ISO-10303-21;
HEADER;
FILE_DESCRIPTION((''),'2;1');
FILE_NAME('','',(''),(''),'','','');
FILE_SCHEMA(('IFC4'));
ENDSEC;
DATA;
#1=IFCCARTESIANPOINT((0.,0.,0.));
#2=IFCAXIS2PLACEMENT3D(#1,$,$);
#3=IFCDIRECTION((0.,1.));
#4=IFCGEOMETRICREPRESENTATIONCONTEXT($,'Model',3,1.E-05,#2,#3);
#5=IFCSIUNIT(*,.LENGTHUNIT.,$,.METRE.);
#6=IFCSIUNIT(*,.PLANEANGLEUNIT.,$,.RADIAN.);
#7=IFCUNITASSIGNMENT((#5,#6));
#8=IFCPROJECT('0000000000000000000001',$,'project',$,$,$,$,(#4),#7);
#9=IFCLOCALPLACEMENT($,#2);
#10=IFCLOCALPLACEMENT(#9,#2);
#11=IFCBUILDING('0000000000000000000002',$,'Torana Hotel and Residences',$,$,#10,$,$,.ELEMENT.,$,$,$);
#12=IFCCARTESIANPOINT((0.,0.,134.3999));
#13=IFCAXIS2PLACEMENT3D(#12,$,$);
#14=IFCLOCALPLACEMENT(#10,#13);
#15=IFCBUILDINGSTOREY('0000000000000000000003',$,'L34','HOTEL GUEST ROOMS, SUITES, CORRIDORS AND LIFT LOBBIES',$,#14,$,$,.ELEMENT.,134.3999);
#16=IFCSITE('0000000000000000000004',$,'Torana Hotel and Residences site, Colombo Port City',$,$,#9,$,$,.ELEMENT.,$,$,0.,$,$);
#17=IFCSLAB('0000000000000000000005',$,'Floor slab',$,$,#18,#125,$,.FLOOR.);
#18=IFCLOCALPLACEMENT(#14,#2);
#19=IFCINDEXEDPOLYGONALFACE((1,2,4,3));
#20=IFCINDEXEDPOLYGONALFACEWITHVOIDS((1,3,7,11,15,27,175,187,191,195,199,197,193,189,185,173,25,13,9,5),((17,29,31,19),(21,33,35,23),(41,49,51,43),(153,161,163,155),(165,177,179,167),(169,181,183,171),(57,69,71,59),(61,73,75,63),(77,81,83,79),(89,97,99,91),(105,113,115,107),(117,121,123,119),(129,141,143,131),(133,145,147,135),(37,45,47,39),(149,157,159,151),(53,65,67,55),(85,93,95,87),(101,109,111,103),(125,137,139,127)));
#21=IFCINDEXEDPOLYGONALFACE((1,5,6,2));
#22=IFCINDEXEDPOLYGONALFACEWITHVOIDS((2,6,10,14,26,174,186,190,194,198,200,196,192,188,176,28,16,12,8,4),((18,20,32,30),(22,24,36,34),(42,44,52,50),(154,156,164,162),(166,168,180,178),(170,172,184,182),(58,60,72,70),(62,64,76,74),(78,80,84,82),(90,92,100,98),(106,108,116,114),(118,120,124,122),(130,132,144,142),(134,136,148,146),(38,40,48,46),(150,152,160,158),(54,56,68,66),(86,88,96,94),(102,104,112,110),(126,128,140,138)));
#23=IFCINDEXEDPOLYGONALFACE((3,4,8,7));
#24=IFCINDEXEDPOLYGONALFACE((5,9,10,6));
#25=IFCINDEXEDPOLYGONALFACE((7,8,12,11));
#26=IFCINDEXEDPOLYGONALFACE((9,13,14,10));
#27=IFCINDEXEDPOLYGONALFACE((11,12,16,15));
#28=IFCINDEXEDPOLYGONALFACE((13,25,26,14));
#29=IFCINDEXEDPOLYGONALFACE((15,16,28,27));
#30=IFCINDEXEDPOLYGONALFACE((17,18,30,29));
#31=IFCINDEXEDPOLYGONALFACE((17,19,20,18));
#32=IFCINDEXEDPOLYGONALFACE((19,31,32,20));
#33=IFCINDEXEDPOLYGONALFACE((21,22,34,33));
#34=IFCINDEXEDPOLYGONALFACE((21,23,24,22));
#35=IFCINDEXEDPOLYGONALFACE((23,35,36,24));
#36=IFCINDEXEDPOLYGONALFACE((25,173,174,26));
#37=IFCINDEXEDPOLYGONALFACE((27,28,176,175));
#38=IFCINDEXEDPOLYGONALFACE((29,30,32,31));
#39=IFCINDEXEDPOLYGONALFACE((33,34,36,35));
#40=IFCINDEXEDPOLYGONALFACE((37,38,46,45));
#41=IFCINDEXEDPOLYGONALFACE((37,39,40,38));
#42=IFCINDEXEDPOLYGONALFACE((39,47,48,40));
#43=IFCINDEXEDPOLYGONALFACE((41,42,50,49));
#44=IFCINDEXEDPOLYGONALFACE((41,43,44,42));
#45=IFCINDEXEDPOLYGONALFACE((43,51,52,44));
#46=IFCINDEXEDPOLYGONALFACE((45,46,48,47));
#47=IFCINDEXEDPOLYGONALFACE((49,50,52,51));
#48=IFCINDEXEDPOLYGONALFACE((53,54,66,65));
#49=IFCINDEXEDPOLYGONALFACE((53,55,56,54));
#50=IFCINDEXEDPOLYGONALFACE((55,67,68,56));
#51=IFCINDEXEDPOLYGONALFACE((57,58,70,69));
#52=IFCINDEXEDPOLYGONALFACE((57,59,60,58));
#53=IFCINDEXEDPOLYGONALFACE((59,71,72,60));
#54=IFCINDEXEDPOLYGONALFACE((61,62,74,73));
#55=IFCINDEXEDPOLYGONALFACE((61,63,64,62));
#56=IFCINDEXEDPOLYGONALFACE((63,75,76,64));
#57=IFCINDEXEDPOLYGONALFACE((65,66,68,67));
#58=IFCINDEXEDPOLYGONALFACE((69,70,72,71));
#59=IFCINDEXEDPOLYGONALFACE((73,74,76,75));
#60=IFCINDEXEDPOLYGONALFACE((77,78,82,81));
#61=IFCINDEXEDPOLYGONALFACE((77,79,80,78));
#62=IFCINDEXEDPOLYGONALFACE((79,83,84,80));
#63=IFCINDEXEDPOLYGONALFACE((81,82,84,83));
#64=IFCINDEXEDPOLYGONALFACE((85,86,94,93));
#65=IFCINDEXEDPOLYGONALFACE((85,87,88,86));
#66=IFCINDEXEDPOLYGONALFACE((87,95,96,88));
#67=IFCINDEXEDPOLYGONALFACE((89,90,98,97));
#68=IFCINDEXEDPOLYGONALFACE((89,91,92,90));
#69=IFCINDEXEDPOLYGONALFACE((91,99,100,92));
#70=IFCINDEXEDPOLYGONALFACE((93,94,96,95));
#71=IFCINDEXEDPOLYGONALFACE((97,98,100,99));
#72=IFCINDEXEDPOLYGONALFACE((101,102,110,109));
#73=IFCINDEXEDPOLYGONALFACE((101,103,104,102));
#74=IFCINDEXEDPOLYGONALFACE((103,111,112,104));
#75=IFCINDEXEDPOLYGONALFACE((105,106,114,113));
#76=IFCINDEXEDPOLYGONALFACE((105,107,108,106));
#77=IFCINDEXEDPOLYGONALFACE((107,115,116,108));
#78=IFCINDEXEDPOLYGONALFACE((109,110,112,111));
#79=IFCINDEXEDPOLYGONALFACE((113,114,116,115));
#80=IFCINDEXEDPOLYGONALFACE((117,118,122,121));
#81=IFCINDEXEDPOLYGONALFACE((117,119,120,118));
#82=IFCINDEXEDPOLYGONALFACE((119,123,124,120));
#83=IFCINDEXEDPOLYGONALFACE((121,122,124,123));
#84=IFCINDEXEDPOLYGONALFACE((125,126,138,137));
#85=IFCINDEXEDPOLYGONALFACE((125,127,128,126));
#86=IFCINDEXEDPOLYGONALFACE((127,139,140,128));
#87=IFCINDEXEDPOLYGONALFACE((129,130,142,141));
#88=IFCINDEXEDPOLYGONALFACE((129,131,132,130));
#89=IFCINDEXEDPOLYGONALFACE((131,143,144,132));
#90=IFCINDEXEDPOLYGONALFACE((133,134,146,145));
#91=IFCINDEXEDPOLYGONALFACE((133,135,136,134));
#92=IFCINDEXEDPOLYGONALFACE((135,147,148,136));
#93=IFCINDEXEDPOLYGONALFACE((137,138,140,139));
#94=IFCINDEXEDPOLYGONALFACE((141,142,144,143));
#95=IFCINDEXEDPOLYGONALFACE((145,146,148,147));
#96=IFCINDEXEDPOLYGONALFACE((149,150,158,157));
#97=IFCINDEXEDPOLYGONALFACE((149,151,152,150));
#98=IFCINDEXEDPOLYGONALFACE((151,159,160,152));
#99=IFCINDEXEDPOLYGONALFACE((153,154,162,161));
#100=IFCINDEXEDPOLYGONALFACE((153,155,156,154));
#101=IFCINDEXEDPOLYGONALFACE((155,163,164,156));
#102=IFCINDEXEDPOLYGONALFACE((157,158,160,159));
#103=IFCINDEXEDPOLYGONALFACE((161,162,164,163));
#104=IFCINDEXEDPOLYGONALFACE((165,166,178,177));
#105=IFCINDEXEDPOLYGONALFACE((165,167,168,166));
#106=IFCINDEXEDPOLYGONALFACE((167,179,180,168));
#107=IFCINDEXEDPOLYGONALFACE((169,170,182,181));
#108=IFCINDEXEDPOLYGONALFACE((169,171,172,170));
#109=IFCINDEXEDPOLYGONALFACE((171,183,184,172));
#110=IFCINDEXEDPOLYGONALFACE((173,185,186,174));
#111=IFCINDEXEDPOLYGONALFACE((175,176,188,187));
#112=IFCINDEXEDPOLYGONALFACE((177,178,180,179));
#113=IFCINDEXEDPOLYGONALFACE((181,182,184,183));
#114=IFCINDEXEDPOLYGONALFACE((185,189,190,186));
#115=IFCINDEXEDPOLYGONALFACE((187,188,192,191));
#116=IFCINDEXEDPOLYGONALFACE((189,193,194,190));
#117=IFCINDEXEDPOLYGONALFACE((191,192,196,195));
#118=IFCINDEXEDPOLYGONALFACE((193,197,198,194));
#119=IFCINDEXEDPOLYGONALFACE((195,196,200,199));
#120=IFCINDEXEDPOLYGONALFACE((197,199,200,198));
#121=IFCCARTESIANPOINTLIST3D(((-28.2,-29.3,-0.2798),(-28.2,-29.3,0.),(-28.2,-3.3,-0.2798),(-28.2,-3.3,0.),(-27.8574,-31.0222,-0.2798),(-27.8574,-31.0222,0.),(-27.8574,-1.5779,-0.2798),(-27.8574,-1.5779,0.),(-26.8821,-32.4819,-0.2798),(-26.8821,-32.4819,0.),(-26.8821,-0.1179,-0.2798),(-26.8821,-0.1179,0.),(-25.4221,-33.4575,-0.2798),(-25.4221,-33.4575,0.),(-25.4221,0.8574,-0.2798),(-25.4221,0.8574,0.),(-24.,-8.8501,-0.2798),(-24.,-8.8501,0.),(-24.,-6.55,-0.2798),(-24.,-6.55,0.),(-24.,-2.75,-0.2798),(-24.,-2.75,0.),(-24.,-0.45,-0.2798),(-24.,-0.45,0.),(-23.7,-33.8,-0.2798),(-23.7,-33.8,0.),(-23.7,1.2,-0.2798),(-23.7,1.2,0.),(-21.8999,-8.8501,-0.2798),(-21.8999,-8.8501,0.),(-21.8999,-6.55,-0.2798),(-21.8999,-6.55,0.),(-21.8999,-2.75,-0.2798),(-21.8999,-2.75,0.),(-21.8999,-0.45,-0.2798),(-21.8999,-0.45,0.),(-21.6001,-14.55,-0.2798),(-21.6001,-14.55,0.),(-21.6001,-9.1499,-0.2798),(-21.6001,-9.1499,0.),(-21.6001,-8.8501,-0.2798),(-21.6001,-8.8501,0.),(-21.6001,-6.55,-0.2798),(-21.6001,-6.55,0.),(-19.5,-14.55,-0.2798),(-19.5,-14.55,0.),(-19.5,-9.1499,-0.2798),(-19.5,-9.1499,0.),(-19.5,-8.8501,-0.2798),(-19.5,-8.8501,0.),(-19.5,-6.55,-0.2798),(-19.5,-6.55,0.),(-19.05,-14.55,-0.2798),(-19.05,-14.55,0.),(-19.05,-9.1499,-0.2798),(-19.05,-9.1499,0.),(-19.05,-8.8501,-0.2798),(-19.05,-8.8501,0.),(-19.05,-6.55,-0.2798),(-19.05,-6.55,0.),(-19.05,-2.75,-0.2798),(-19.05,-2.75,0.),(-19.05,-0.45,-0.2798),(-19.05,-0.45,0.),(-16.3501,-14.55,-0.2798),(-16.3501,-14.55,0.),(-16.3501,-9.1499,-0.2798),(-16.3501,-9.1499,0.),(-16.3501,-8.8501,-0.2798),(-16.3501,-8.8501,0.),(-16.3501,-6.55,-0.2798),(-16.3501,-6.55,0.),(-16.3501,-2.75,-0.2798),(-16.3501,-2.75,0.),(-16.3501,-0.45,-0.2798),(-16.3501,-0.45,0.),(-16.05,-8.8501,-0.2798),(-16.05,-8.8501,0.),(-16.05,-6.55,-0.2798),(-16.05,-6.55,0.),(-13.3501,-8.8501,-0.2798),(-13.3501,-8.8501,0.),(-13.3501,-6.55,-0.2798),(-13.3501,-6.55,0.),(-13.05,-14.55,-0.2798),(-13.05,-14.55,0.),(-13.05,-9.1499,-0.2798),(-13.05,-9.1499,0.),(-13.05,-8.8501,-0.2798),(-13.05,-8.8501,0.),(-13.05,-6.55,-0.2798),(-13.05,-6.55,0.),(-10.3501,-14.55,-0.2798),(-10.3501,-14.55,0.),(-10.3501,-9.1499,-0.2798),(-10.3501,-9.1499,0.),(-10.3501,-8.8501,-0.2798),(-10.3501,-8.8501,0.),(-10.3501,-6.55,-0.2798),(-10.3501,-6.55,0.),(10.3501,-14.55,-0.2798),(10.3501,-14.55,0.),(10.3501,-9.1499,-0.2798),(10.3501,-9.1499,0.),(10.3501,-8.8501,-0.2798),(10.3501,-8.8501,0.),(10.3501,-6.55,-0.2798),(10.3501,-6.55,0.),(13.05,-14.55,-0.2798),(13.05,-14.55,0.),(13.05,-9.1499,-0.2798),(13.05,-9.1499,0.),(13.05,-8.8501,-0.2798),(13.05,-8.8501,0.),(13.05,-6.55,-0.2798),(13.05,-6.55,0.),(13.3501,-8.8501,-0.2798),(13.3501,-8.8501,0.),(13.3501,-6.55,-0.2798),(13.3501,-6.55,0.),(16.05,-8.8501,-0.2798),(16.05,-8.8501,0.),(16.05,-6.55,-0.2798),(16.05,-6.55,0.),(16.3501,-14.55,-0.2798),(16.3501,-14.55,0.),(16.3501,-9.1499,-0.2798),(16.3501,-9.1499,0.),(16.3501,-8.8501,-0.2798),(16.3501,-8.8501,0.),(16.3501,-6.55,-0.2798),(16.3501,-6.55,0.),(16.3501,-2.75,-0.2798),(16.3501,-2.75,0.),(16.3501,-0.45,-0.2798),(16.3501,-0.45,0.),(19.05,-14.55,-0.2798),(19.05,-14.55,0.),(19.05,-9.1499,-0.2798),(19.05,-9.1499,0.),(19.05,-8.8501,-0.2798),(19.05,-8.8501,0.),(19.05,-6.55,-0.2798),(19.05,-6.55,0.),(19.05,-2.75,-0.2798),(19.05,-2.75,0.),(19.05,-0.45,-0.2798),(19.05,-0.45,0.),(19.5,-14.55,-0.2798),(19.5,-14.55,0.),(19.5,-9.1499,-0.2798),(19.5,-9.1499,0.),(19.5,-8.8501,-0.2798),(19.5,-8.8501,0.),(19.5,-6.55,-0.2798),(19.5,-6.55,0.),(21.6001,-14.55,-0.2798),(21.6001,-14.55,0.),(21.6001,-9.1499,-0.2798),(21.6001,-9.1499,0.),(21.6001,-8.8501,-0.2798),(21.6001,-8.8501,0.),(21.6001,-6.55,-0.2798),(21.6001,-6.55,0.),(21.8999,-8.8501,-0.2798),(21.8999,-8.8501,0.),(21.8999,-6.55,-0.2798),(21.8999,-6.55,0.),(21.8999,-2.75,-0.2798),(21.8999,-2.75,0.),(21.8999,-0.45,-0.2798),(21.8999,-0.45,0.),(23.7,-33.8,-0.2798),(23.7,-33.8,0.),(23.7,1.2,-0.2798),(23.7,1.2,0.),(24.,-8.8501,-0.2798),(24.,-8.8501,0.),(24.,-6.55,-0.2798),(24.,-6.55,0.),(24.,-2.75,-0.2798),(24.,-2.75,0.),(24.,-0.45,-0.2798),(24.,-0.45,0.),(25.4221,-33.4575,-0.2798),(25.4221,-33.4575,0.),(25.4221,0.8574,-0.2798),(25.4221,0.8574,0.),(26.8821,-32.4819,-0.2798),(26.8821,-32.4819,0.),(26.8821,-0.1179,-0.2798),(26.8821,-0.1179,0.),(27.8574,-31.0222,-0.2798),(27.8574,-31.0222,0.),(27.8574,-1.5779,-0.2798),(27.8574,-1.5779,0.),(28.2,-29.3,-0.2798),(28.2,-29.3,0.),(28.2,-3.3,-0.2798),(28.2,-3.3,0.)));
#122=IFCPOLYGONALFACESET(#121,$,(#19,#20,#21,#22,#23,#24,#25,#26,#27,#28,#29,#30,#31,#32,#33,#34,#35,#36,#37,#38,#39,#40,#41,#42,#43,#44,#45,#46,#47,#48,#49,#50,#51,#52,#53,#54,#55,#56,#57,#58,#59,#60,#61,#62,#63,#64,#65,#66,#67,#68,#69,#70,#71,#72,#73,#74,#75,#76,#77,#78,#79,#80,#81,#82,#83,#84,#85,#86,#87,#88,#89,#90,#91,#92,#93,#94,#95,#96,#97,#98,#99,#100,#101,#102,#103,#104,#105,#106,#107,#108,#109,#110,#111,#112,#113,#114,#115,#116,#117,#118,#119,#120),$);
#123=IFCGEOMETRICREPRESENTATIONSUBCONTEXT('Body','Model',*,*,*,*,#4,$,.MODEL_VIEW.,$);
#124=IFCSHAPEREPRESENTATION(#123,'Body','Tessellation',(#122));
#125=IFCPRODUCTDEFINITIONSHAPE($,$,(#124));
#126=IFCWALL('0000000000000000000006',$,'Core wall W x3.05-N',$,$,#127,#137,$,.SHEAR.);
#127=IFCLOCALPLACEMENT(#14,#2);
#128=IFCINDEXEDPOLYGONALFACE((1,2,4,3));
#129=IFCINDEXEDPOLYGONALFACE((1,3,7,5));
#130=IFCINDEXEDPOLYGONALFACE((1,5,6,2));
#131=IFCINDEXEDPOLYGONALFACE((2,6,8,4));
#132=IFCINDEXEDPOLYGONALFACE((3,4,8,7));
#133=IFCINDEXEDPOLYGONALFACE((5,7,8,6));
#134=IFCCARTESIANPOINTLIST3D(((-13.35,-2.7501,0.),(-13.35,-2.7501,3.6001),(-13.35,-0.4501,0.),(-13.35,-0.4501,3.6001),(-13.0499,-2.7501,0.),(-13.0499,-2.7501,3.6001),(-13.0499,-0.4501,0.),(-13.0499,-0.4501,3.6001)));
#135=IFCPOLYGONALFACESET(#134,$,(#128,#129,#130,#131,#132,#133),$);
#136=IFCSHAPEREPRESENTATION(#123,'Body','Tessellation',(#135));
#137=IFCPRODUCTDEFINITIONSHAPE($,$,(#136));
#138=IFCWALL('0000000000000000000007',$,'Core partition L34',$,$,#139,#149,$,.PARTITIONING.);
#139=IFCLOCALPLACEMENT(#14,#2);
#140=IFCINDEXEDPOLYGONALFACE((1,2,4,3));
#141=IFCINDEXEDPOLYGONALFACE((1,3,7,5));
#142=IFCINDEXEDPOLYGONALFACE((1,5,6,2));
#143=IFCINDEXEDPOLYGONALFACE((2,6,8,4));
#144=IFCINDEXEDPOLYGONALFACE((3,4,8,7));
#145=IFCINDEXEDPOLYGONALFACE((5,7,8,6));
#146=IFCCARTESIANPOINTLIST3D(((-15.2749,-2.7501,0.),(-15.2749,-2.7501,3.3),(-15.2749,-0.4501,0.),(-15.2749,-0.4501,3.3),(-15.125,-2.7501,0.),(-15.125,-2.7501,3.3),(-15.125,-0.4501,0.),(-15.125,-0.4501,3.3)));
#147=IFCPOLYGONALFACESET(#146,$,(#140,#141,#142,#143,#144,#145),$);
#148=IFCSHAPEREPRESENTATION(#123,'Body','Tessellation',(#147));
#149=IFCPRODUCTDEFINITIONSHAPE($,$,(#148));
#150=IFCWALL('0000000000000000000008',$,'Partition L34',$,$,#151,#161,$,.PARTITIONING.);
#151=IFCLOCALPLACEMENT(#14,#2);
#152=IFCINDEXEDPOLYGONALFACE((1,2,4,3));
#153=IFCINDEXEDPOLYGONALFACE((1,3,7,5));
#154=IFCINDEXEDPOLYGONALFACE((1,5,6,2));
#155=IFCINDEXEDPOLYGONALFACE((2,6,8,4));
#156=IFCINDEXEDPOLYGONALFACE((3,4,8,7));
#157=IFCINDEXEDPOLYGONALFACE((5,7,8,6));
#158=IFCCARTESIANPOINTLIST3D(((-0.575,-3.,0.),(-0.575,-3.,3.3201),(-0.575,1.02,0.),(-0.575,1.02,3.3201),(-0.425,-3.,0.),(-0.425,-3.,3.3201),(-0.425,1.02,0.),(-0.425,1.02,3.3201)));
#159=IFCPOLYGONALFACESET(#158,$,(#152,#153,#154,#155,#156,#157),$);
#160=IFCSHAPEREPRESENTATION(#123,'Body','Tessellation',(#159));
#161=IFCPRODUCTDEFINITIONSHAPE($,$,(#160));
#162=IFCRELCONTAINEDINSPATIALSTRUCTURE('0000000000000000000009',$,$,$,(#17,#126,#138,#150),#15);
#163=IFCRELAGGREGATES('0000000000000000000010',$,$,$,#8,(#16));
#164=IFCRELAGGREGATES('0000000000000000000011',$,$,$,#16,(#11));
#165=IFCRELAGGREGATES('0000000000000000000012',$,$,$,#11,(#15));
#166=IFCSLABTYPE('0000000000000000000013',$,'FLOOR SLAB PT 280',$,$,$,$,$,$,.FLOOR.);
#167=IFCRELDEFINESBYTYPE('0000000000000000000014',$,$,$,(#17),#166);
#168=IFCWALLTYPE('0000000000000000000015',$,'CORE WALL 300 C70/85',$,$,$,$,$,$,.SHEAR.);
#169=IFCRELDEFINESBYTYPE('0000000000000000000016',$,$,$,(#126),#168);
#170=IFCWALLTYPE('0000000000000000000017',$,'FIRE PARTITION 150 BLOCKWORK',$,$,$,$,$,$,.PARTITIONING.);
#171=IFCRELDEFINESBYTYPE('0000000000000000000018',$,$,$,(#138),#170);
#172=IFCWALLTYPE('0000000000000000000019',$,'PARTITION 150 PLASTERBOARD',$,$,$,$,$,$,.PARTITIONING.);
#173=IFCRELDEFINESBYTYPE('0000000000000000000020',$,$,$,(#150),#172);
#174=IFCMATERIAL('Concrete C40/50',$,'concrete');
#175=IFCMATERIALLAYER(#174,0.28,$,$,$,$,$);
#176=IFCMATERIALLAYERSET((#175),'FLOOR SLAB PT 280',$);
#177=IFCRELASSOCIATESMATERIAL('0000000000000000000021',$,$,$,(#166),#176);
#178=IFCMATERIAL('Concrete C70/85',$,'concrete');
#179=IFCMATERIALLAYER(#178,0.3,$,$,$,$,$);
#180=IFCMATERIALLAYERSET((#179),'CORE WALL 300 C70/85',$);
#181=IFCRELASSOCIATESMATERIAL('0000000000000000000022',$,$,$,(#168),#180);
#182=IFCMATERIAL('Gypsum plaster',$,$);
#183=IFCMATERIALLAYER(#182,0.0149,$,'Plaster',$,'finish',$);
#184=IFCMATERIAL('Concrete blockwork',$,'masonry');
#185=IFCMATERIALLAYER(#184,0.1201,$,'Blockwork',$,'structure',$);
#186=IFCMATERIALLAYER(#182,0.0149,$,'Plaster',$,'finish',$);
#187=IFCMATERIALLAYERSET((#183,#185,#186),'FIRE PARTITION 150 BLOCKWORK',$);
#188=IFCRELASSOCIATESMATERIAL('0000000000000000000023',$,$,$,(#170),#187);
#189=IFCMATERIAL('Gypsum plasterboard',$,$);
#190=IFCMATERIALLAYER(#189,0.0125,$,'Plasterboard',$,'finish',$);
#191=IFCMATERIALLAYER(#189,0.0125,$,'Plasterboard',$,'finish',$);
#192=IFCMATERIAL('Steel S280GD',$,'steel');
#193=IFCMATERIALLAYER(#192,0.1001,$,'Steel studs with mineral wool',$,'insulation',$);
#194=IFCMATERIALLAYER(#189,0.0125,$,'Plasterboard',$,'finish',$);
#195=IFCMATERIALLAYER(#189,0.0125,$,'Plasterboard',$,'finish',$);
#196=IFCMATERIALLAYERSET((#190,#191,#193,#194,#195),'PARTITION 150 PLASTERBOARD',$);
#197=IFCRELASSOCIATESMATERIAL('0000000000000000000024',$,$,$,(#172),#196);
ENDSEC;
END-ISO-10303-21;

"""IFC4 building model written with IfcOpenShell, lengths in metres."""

from ifc_helpers import new_model, si_unit, direction, frame, frame_2d, origin, place, context, subcontext, project, spatial, polyline, rectangle, outline, extrude, material, layer, layer_set, type_object, element, save


model = new_model("IFC4")

# Units and contexts
model_context = context("Model", 3, precision=1e-05, world=origin(), true_north=direction((0.0, 1.0)))
body_context = subcontext(model_context, "Body", "Model", "MODEL_VIEW")
ifc_project = project(units=[si_unit("LENGTHUNIT", "METRE"), si_unit("PLANEANGLEUNIT", "RADIAN")], contexts=[model_context])

# Site, building, storey
site_placement = place(None, origin())
site = spatial("IfcSite", under=ifc_project, at=site_placement, Name="Torana Hotel and Residences site, Colombo Port City", CompositionType="ELEMENT", RefElevation=0.0)
building_placement = place(site_placement, origin())
building = spatial("IfcBuilding", under=site, at=building_placement, Name="Torana Hotel and Residences", CompositionType="ELEMENT")
storey_placement = place(building_placement, frame((0.0, 0.0, 134.3999)))
storey = spatial("IfcBuildingStorey", under=building, at=storey_placement, Name="L34", Description="HOTEL GUEST ROOMS, SUITES, CORRIDORS AND LIFT LOBBIES", CompositionType="ELEMENT", Elevation=134.3999)

# Slab
ifc_material_1 = material(Name="Concrete C40/50", Category="concrete")
ifc_layer_1 = layer(ifc_material_1, 0.28)
ifc_layer_set_1 = layer_set([ifc_layer_1], Name="FLOOR SLAB PT 280")
slab_type_1 = type_object("IfcSlabType", Name="FLOOR SLAB PT 280", PredefinedType="FLOOR", material=ifc_layer_set_1)
slab_1_placement = place(storey_placement, frame((0.0, 0.0, -0.2798)))
element("IfcSlab", 1, at=slab_1_placement, inside=storey, type_object=slab_type_1, Name="Floor slab", PredefinedType="FLOOR", context=body_context, shape_type="SweptSolid", body=[
    extrude(outline(polyline([(28.2, -3.3), (27.8574, -1.5779), (26.8821, -0.1179), (25.4221, 0.8574), (23.7, 1.2), (-23.7, 1.2), (-25.4221, 0.8574), (-26.8821, -0.1179), (-27.8574, -1.5779), (-28.2, -3.3), (-28.2, -29.3), (-27.8574, -31.0222), (-26.8821, -32.4819), (-25.4221, -33.4575), (-23.7, -33.8), (23.7, -33.8), (25.4221, -33.4575), (26.8821, -32.4819), (27.8574, -31.0222), (28.2, -29.3), (28.2, -3.3)]), holes=[polyline([(-13.05, -14.55), (-10.3501, -14.55), (-10.3501, -9.1499), (-13.05, -9.1499), (-13.05, -14.55)]), polyline([(-19.05, -14.55), (-16.3501, -14.55), (-16.3501, -9.1499), (-19.05, -9.1499), (-19.05, -14.55)]), polyline([(-19.05, -2.75), (-16.3501, -2.75), (-16.3501, -0.45), (-19.05, -0.45), (-19.05, -2.75)]), polyline([(-21.6001, -8.8501), (-19.5, -8.8501), (-19.5, -6.55), (-21.6001, -6.55), (-21.6001, -8.8501)]), polyline([(-24.0, -2.75), (-21.8999, -2.75), (-21.8999, -0.45), (-24.0, -0.45), (-24.0, -2.75)]), polyline([(-24.0, -8.8501), (-21.8999, -8.8501), (-21.8999, -6.55), (-24.0, -6.55), (-24.0, -8.8501)]), polyline([(-13.05, -8.8501), (-10.3501, -8.8501), (-10.3501, -6.55), (-13.05, -6.55), (-13.05, -8.8501)]), polyline([(-16.05, -8.8501), (-13.3501, -8.8501), (-13.3501, -6.55), (-16.05, -6.55), (-16.05, -8.8501)]), polyline([(-19.05, -8.8501), (-16.3501, -8.8501), (-16.3501, -6.55), (-19.05, -6.55), (-19.05, -8.8501)]), polyline([(-21.6001, -14.55), (-19.5, -14.55), (-19.5, -9.1499), (-21.6001, -9.1499), (-21.6001, -14.55)]), polyline([(10.3501, -14.55), (13.05, -14.55), (13.05, -9.1499), (10.3501, -9.1499), (10.3501, -14.55)]), polyline([(16.3501, -14.55), (19.05, -14.55), (19.05, -9.1499), (16.3501, -9.1499), (16.3501, -14.55)]), polyline([(16.3501, -2.75), (19.05, -2.75), (19.05, -0.45), (16.3501, -0.45), (16.3501, -2.75)]), polyline([(19.5, -8.8501), (21.6001, -8.8501), (21.6001, -6.55), (19.5, -6.55), (19.5, -8.8501)]), polyline([(21.8999, -2.75), (24.0, -2.75), (24.0, -0.45), (21.8999, -0.45), (21.8999, -2.75)]), polyline([(21.8999, -8.8501), (24.0, -8.8501), (24.0, -6.55), (21.8999, -6.55), (21.8999, -8.8501)]), polyline([(10.3501, -8.8501), (13.05, -8.8501), (13.05, -6.55), (10.3501, -6.55), (10.3501, -8.8501)]), polyline([(13.3501, -8.8501), (16.05, -8.8501), (16.05, -6.55), (13.3501, -6.55), (13.3501, -8.8501)]), polyline([(16.3501, -8.8501), (19.05, -8.8501), (19.05, -6.55), (16.3501, -6.55), (16.3501, -8.8501)]), polyline([(19.5, -14.55), (21.6001, -14.55), (21.6001, -9.1499), (19.5, -9.1499), (19.5, -14.55)])]), origin(), (0.0, 0.0, 1.0), 0.2798),
])

# Walls
ifc_material_2 = material(Name="Concrete C70/85", Category="concrete")
ifc_layer_2 = layer(ifc_material_2, 0.3)
ifc_layer_set_2 = layer_set([ifc_layer_2], Name="CORE WALL 300 C70/85")
wall_type_1 = type_object("IfcWallType", Name="CORE WALL 300 C70/85", PredefinedType="SHEAR", material=ifc_layer_set_2)
wall_1_placement = place(storey_placement, frame((-13.2, -2.75, 0.0), z_axis=(0.0, 0.0, 1.0), x_axis=(0.0, 1.0, 0.0)))
element("IfcWall", 2, at=wall_1_placement, inside=storey, type_object=wall_type_1, Name="Core wall W x3.05-N", PredefinedType="SHEAR", context=body_context, shape_type="SweptSolid", body=[
    extrude(rectangle(XDim=2.3, YDim=0.3, at=frame_2d((1.1499, 0.0))), origin(), (0.0, 0.0, 1.0), 3.6001),
])
ifc_material_3 = material(Name="Gypsum plaster")
ifc_layer_3 = layer(ifc_material_3, 0.0149, Name="Plaster", Category="finish")
ifc_material_4 = material(Name="Concrete blockwork", Category="masonry")
ifc_layer_4 = layer(ifc_material_4, 0.1201, Name="Blockwork", Category="structure")
ifc_layer_5 = layer(ifc_material_3, 0.0149, Name="Plaster", Category="finish")
ifc_layer_set_3 = layer_set([ifc_layer_3, ifc_layer_4, ifc_layer_5], Name="FIRE PARTITION 150 BLOCKWORK")
wall_type_2 = type_object("IfcWallType", Name="FIRE PARTITION 150 BLOCKWORK", PredefinedType="PARTITIONING", material=ifc_layer_set_3)
wall_2_placement = place(storey_placement, frame((-15.2, -2.75, 0.0), z_axis=(0.0, 0.0, 1.0), x_axis=(0.0, 1.0, 0.0)))
element("IfcWall", 3, at=wall_2_placement, inside=storey, type_object=wall_type_2, Name="Core partition L34", PredefinedType="PARTITIONING", context=body_context, shape_type="SweptSolid", body=[
    extrude(rectangle(XDim=2.3, YDim=0.1499, at=frame_2d((1.1499, 0.0))), origin(), (0.0, 0.0, 1.0), 3.3),
])
ifc_material_5 = material(Name="Gypsum plasterboard")
ifc_layer_6 = layer(ifc_material_5, 0.0125, Name="Plasterboard", Category="finish")
ifc_layer_7 = layer(ifc_material_5, 0.0125, Name="Plasterboard", Category="finish")
ifc_material_6 = material(Name="Steel S280GD", Category="steel")
ifc_layer_8 = layer(ifc_material_6, 0.1001, Name="Steel studs with mineral wool", Category="insulation")
ifc_layer_9 = layer(ifc_material_5, 0.0125, Name="Plasterboard", Category="finish")
ifc_layer_10 = layer(ifc_material_5, 0.0125, Name="Plasterboard", Category="finish")
ifc_layer_set_4 = layer_set([ifc_layer_6, ifc_layer_7, ifc_layer_8, ifc_layer_9, ifc_layer_10], Name="PARTITION 150 PLASTERBOARD")
wall_type_3 = type_object("IfcWallType", Name="PARTITION 150 PLASTERBOARD", PredefinedType="PARTITIONING", material=ifc_layer_set_4)
wall_3_placement = place(storey_placement, frame((-0.5, -3.0, 0.0), z_axis=(0.0, 0.0, 1.0), x_axis=(0.0, 1.0, 0.0)))
element("IfcWall", 4, at=wall_3_placement, inside=storey, type_object=wall_type_3, Name="Partition L34", PredefinedType="PARTITIONING", context=body_context, shape_type="SweptSolid", body=[
    extrude(rectangle(XDim=4.02, YDim=0.1499, at=frame_2d((2.01, 0.0))), origin(), (0.0, 0.0, 1.0), 3.3201),
])

save(model, "model.ifc")
